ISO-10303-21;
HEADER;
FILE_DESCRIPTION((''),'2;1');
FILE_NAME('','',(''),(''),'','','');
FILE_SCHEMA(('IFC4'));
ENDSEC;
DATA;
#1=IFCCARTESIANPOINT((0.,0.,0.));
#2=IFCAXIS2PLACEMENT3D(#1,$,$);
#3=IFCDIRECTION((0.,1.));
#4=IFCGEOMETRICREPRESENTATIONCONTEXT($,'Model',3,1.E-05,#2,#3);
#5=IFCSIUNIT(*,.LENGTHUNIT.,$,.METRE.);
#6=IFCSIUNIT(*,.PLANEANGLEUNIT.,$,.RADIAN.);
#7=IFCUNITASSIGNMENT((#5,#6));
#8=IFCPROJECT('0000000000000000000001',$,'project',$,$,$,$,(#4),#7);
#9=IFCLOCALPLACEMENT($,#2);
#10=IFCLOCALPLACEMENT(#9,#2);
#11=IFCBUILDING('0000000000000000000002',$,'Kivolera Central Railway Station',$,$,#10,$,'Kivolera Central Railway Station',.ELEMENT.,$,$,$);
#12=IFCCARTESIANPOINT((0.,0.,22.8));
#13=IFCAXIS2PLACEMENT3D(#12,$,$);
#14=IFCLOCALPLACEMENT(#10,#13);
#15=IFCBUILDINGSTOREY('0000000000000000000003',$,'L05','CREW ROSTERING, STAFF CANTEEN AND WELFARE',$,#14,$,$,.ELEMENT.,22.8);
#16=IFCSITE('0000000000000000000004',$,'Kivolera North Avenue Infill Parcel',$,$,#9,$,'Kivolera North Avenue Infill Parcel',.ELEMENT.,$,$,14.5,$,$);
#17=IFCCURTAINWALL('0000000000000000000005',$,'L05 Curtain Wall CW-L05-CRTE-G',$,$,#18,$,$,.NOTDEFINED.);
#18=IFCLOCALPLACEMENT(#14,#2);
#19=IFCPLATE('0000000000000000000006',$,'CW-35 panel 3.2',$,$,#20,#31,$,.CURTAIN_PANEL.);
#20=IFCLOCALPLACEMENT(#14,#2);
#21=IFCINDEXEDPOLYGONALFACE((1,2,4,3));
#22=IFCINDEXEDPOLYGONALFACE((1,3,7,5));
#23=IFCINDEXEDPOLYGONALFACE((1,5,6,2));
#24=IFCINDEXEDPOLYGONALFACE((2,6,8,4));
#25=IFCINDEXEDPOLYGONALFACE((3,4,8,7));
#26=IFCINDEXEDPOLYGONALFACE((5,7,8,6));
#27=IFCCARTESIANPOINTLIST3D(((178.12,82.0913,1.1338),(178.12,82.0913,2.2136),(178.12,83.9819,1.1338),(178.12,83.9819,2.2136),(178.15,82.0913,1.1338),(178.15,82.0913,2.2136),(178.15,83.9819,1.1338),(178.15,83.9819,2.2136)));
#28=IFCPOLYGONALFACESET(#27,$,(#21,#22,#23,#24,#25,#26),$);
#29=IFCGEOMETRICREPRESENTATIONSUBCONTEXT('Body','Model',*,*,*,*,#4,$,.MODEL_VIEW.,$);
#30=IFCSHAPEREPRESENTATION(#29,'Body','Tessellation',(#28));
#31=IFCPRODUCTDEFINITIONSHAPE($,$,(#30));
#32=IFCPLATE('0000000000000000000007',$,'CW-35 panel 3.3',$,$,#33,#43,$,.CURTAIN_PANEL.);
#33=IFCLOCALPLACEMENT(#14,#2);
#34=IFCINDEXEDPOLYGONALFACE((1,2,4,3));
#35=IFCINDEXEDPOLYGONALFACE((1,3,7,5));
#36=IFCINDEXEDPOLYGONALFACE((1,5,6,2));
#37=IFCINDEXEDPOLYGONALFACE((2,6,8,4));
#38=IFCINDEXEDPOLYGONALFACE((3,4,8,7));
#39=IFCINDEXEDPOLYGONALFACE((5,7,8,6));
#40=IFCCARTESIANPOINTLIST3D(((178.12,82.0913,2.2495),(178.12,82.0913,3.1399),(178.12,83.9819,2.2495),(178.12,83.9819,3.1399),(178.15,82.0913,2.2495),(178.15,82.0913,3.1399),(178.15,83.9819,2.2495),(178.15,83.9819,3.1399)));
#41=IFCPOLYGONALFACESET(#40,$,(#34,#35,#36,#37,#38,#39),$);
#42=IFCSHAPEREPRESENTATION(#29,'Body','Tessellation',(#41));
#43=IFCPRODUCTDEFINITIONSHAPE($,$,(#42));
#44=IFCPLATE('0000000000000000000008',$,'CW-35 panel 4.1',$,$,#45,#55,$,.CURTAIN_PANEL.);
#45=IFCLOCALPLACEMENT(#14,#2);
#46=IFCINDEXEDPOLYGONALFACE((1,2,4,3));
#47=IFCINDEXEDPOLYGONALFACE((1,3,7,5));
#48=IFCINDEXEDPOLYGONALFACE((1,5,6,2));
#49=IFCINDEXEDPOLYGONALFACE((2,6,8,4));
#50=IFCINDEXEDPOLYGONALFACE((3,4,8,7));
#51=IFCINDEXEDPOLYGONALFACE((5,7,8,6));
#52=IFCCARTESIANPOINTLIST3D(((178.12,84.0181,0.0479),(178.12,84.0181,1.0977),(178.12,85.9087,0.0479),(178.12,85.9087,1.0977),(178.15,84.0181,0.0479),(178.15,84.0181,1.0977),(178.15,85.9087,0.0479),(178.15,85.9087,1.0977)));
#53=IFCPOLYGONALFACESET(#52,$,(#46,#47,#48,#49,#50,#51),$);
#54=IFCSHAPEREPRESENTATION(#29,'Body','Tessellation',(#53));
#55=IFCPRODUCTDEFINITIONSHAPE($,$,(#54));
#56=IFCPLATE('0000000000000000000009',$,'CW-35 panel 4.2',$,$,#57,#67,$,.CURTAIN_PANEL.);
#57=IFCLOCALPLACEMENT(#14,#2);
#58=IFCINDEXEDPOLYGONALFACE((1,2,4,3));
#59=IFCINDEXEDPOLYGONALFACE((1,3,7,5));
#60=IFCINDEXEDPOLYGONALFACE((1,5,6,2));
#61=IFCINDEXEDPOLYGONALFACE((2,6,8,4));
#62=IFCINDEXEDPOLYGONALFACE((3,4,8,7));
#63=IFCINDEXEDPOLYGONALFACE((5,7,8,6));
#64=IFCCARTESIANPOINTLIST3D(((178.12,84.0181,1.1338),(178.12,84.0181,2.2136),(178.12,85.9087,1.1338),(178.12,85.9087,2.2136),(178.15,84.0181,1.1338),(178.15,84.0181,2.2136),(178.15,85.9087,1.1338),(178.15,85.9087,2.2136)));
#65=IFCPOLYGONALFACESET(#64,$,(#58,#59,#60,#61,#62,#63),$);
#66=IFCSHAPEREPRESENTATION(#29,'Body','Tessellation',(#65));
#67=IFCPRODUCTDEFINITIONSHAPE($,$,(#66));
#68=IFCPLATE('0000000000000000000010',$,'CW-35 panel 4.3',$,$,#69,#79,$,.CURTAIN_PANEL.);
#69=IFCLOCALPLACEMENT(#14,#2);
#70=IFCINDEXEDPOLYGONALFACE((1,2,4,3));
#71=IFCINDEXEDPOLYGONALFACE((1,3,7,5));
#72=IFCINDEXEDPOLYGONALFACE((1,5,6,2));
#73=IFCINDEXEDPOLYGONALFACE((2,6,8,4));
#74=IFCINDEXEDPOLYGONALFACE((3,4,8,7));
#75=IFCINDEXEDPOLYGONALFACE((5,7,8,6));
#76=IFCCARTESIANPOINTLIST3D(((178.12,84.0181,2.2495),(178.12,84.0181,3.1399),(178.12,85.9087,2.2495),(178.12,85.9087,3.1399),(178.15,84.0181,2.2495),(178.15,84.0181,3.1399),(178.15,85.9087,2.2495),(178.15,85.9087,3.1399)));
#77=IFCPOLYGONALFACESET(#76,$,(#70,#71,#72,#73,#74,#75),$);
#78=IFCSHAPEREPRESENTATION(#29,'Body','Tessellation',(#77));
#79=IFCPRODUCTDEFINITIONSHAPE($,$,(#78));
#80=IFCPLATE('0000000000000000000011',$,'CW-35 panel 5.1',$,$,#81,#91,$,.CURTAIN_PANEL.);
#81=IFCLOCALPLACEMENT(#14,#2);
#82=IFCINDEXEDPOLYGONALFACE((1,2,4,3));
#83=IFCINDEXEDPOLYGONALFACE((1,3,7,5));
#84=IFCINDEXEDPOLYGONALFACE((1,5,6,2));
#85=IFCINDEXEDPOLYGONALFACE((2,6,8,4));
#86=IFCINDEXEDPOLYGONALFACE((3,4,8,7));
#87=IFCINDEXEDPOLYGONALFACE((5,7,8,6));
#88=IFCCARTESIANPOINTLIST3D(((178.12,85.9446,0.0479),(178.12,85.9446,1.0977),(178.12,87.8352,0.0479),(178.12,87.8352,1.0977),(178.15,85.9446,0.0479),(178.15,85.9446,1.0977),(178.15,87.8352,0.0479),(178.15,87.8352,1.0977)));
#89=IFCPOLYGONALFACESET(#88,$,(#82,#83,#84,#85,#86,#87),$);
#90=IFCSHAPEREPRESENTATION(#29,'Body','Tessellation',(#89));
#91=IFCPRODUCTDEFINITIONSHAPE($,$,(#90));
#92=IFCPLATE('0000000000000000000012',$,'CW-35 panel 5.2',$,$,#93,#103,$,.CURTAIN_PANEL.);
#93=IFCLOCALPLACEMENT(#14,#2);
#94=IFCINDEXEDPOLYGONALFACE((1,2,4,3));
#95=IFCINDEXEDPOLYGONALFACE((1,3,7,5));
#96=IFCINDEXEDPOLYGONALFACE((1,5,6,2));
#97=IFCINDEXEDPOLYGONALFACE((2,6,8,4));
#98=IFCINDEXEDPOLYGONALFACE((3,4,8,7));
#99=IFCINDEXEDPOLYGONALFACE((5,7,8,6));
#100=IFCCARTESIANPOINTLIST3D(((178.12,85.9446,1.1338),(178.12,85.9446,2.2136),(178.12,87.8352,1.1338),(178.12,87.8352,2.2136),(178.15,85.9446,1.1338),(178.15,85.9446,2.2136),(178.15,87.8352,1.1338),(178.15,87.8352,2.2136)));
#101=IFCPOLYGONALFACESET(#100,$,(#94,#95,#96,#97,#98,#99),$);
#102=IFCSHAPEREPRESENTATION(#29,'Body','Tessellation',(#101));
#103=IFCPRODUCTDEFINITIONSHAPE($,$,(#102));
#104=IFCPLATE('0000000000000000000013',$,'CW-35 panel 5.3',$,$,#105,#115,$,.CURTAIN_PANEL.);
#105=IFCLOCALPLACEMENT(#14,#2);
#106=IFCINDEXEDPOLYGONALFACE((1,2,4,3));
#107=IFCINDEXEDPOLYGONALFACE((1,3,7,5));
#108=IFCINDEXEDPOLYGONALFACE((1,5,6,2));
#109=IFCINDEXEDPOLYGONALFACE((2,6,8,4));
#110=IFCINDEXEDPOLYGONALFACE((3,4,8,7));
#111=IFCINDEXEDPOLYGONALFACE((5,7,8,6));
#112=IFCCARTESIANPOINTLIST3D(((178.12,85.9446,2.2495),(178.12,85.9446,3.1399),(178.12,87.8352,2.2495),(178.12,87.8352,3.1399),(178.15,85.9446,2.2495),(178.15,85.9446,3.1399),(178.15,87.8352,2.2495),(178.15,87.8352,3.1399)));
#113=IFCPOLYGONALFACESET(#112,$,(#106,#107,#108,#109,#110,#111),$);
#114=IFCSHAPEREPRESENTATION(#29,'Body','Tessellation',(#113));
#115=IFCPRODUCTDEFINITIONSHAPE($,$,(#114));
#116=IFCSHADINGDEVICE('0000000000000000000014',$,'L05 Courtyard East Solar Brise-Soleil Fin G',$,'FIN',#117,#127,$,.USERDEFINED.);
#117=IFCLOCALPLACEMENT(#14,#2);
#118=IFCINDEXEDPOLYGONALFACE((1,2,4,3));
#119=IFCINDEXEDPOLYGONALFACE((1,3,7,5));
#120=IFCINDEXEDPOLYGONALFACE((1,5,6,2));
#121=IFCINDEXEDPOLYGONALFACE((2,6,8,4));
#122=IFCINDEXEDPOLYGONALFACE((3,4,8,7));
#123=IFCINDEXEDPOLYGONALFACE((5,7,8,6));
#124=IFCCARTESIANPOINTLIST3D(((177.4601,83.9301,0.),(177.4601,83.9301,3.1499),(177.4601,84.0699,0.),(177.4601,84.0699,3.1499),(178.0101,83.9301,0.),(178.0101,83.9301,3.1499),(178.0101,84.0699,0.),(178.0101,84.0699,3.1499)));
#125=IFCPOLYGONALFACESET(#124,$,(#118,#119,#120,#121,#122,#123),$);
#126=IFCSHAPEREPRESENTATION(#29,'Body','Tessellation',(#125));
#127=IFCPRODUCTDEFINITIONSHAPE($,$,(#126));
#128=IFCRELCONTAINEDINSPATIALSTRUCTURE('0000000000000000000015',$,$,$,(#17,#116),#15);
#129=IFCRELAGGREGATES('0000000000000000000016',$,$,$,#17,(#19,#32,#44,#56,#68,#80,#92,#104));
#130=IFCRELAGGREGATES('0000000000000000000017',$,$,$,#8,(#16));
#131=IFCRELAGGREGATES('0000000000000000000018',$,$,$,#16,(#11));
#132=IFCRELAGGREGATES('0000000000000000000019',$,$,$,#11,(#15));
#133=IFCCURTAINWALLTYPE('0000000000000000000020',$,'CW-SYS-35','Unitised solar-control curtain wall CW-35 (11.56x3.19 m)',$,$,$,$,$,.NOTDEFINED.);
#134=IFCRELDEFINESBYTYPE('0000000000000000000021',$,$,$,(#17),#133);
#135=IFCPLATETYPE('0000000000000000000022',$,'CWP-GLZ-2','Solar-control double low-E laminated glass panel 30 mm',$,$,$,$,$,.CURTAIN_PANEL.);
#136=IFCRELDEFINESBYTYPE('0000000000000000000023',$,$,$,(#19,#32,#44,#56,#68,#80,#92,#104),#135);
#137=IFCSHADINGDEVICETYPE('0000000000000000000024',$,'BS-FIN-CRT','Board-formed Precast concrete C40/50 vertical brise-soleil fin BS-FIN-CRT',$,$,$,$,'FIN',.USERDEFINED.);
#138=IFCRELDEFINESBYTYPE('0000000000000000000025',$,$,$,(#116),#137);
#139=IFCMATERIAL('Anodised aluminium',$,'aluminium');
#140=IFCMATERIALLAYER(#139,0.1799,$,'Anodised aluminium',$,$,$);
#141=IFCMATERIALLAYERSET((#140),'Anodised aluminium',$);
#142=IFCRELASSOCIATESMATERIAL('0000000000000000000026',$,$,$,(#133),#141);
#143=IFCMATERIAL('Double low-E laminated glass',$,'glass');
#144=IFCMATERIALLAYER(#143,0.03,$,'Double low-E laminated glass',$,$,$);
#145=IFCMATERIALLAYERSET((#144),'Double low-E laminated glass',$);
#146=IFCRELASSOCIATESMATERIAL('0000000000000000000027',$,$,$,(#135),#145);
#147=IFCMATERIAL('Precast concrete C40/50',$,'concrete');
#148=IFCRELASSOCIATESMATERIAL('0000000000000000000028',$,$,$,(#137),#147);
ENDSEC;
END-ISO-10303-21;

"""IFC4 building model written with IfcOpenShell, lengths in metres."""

from ifc_helpers import new_model, si_unit, direction, frame, origin, origin_2d, place, context, subcontext, project, spatial, rectangle, extrude, material, layer, layer_set, type_object, element, aggregate, save


model = new_model("IFC4")

# Units and contexts
model_context = context("Model", 3, precision=1e-05, world=origin(), true_north=direction((0.0, 1.0)))
body_context = subcontext(model_context, "Body", "Model", "MODEL_VIEW")
ifc_project = project(units=[si_unit("LENGTHUNIT", "METRE"), si_unit("PLANEANGLEUNIT", "RADIAN")], contexts=[model_context])

# Site, building, storey
site_placement = place(None, origin())
site = spatial("IfcSite", under=ifc_project, at=site_placement, Name="Kivolera North Avenue Infill Parcel", LongName="Kivolera North Avenue Infill Parcel", CompositionType="ELEMENT", RefElevation=14.5)
building_placement = place(site_placement, origin())
building = spatial("IfcBuilding", under=site, at=building_placement, Name="Kivolera Central Railway Station", LongName="Kivolera Central Railway Station", CompositionType="ELEMENT")
storey_placement = place(building_placement, frame((0.0, 0.0, 22.8)))
storey = spatial("IfcBuildingStorey", under=building, at=storey_placement, Name="L05", Description="CREW ROSTERING, STAFF CANTEEN AND WELFARE", CompositionType="ELEMENT", Elevation=22.8)

# Curtain wall, plates
ifc_material_1 = material(Name="Anodised aluminium", Category="aluminium")
ifc_layer_1 = layer(ifc_material_1, 0.1799, Name="Anodised aluminium")
ifc_layer_set_1 = layer_set([ifc_layer_1], Name="Anodised aluminium")
curtain_wall_type = type_object("IfcCurtainWallType", Name="CW-SYS-35", Description="Unitised solar-control curtain wall CW-35 (11.56x3.19 m)", PredefinedType="NOTDEFINED", material=ifc_layer_set_1)
curtain_wall_placement = place(storey_placement, origin())
curtain_wall = element("IfcCurtainWall", 1, at=curtain_wall_placement, inside=storey, type_object=curtain_wall_type, Name="L05 Curtain Wall CW-L05-CRTE-G", PredefinedType="NOTDEFINED")
ifc_material_2 = material(Name="Double low-E laminated glass", Category="glass")
ifc_layer_2 = layer(ifc_material_2, 0.03, Name="Double low-E laminated glass")
ifc_layer_set_2 = layer_set([ifc_layer_2], Name="Double low-E laminated glass")
plate_type = type_object("IfcPlateType", Name="CWP-GLZ-2", Description="Solar-control double low-E laminated glass panel 30 mm", PredefinedType="CURTAIN_PANEL", material=ifc_layer_set_2)
plate_1_placement = place(storey_placement, frame((178.135, 83.0366, 1.1338), z_axis=(0.0, 0.0, 1.0), x_axis=(0.0, 1.0, 0.0)))
plate_1 = element("IfcPlate", 2, at=plate_1_placement, type_object=plate_type, Name="CW-35 panel 3.2", PredefinedType="CURTAIN_PANEL", context=body_context, shape_type="SweptSolid", body=[
    extrude(rectangle(XDim=1.8906, YDim=0.03, at=origin_2d()), origin(), (0.0, 0.0, 1.0), 1.0798),
])
plate_2_placement = place(storey_placement, frame((178.135, 83.0366, 2.2495), z_axis=(0.0, 0.0, 1.0), x_axis=(0.0, 1.0, 0.0)))
plate_2 = element("IfcPlate", 3, at=plate_2_placement, type_object=plate_type, Name="CW-35 panel 3.3", PredefinedType="CURTAIN_PANEL", context=body_context, shape_type="SweptSolid", body=[
    extrude(rectangle(XDim=1.8906, YDim=0.03, at=origin_2d()), origin(), (0.0, 0.0, 1.0), 0.8904),
])
plate_3_placement = place(storey_placement, frame((178.135, 84.9634, 0.0479), z_axis=(0.0, 0.0, 1.0), x_axis=(0.0, 1.0, 0.0)))
plate_3 = element("IfcPlate", 4, at=plate_3_placement, type_object=plate_type, Name="CW-35 panel 4.1", PredefinedType="CURTAIN_PANEL", context=body_context, shape_type="SweptSolid", body=[
    extrude(rectangle(XDim=1.8906, YDim=0.03, at=origin_2d()), origin(), (0.0, 0.0, 1.0), 1.0498),
])
plate_4_placement = place(storey_placement, frame((178.135, 84.9634, 1.1338), z_axis=(0.0, 0.0, 1.0), x_axis=(0.0, 1.0, 0.0)))
plate_4 = element("IfcPlate", 5, at=plate_4_placement, type_object=plate_type, Name="CW-35 panel 4.2", PredefinedType="CURTAIN_PANEL", context=body_context, shape_type="SweptSolid", body=[
    extrude(rectangle(XDim=1.8906, YDim=0.03, at=origin_2d()), origin(), (0.0, 0.0, 1.0), 1.0798),
])
plate_5_placement = place(storey_placement, frame((178.135, 84.9634, 2.2495), z_axis=(0.0, 0.0, 1.0), x_axis=(0.0, 1.0, 0.0)))
plate_5 = element("IfcPlate", 6, at=plate_5_placement, type_object=plate_type, Name="CW-35 panel 4.3", PredefinedType="CURTAIN_PANEL", context=body_context, shape_type="SweptSolid", body=[
    extrude(rectangle(XDim=1.8906, YDim=0.03, at=origin_2d()), origin(), (0.0, 0.0, 1.0), 0.8904),
])
plate_6_placement = place(storey_placement, frame((178.135, 86.8899, 0.0479), z_axis=(0.0, 0.0, 1.0), x_axis=(0.0, 1.0, 0.0)))
plate_6 = element("IfcPlate", 7, at=plate_6_placement, type_object=plate_type, Name="CW-35 panel 5.1", PredefinedType="CURTAIN_PANEL", context=body_context, shape_type="SweptSolid", body=[
    extrude(rectangle(XDim=1.8906, YDim=0.03, at=origin_2d()), origin(), (0.0, 0.0, 1.0), 1.0498),
])
plate_7_placement = place(storey_placement, frame((178.135, 86.8899, 1.1338), z_axis=(0.0, 0.0, 1.0), x_axis=(0.0, 1.0, 0.0)))
plate_7 = element("IfcPlate", 8, at=plate_7_placement, type_object=plate_type, Name="CW-35 panel 5.2", PredefinedType="CURTAIN_PANEL", context=body_context, shape_type="SweptSolid", body=[
    extrude(rectangle(XDim=1.8906, YDim=0.03, at=origin_2d()), origin(), (0.0, 0.0, 1.0), 1.0798),
])
plate_8_placement = place(storey_placement, frame((178.135, 86.8899, 2.2495), z_axis=(0.0, 0.0, 1.0), x_axis=(0.0, 1.0, 0.0)))
plate_8 = element("IfcPlate", 9, at=plate_8_placement, type_object=plate_type, Name="CW-35 panel 5.3", PredefinedType="CURTAIN_PANEL", context=body_context, shape_type="SweptSolid", body=[
    extrude(rectangle(XDim=1.8906, YDim=0.03, at=origin_2d()), origin(), (0.0, 0.0, 1.0), 0.8904),
])
aggregate(curtain_wall, [plate_1, plate_2, plate_3, plate_4, plate_5, plate_6, plate_7, plate_8])

# Shading device
ifc_material_3 = material(Name="Precast concrete C40/50", Category="concrete")
shading_device_type = type_object("IfcShadingDeviceType", Name="BS-FIN-CRT", Description="Board-formed Precast concrete C40/50 vertical brise-soleil fin BS-FIN-CRT", ElementType="FIN", PredefinedType="USERDEFINED", material=ifc_material_3)
shading_device_placement = place(storey_placement, frame((177.7351, 84.0, 0.0), z_axis=(0.0, 0.0, 1.0), x_axis=(1.0, 0.0, 0.0)))
element("IfcShadingDevice", 10, at=shading_device_placement, inside=storey, type_object=shading_device_type, Name="L05 Courtyard East Solar Brise-Soleil Fin G", ObjectType="FIN", PredefinedType="USERDEFINED", context=body_context, shape_type="SweptSolid", body=[
    extrude(rectangle(XDim=0.55, YDim=0.1399, at=origin_2d()), origin(), (0.0, 0.0, 1.0), 3.1499),
])

save(model, "model.ifc")
